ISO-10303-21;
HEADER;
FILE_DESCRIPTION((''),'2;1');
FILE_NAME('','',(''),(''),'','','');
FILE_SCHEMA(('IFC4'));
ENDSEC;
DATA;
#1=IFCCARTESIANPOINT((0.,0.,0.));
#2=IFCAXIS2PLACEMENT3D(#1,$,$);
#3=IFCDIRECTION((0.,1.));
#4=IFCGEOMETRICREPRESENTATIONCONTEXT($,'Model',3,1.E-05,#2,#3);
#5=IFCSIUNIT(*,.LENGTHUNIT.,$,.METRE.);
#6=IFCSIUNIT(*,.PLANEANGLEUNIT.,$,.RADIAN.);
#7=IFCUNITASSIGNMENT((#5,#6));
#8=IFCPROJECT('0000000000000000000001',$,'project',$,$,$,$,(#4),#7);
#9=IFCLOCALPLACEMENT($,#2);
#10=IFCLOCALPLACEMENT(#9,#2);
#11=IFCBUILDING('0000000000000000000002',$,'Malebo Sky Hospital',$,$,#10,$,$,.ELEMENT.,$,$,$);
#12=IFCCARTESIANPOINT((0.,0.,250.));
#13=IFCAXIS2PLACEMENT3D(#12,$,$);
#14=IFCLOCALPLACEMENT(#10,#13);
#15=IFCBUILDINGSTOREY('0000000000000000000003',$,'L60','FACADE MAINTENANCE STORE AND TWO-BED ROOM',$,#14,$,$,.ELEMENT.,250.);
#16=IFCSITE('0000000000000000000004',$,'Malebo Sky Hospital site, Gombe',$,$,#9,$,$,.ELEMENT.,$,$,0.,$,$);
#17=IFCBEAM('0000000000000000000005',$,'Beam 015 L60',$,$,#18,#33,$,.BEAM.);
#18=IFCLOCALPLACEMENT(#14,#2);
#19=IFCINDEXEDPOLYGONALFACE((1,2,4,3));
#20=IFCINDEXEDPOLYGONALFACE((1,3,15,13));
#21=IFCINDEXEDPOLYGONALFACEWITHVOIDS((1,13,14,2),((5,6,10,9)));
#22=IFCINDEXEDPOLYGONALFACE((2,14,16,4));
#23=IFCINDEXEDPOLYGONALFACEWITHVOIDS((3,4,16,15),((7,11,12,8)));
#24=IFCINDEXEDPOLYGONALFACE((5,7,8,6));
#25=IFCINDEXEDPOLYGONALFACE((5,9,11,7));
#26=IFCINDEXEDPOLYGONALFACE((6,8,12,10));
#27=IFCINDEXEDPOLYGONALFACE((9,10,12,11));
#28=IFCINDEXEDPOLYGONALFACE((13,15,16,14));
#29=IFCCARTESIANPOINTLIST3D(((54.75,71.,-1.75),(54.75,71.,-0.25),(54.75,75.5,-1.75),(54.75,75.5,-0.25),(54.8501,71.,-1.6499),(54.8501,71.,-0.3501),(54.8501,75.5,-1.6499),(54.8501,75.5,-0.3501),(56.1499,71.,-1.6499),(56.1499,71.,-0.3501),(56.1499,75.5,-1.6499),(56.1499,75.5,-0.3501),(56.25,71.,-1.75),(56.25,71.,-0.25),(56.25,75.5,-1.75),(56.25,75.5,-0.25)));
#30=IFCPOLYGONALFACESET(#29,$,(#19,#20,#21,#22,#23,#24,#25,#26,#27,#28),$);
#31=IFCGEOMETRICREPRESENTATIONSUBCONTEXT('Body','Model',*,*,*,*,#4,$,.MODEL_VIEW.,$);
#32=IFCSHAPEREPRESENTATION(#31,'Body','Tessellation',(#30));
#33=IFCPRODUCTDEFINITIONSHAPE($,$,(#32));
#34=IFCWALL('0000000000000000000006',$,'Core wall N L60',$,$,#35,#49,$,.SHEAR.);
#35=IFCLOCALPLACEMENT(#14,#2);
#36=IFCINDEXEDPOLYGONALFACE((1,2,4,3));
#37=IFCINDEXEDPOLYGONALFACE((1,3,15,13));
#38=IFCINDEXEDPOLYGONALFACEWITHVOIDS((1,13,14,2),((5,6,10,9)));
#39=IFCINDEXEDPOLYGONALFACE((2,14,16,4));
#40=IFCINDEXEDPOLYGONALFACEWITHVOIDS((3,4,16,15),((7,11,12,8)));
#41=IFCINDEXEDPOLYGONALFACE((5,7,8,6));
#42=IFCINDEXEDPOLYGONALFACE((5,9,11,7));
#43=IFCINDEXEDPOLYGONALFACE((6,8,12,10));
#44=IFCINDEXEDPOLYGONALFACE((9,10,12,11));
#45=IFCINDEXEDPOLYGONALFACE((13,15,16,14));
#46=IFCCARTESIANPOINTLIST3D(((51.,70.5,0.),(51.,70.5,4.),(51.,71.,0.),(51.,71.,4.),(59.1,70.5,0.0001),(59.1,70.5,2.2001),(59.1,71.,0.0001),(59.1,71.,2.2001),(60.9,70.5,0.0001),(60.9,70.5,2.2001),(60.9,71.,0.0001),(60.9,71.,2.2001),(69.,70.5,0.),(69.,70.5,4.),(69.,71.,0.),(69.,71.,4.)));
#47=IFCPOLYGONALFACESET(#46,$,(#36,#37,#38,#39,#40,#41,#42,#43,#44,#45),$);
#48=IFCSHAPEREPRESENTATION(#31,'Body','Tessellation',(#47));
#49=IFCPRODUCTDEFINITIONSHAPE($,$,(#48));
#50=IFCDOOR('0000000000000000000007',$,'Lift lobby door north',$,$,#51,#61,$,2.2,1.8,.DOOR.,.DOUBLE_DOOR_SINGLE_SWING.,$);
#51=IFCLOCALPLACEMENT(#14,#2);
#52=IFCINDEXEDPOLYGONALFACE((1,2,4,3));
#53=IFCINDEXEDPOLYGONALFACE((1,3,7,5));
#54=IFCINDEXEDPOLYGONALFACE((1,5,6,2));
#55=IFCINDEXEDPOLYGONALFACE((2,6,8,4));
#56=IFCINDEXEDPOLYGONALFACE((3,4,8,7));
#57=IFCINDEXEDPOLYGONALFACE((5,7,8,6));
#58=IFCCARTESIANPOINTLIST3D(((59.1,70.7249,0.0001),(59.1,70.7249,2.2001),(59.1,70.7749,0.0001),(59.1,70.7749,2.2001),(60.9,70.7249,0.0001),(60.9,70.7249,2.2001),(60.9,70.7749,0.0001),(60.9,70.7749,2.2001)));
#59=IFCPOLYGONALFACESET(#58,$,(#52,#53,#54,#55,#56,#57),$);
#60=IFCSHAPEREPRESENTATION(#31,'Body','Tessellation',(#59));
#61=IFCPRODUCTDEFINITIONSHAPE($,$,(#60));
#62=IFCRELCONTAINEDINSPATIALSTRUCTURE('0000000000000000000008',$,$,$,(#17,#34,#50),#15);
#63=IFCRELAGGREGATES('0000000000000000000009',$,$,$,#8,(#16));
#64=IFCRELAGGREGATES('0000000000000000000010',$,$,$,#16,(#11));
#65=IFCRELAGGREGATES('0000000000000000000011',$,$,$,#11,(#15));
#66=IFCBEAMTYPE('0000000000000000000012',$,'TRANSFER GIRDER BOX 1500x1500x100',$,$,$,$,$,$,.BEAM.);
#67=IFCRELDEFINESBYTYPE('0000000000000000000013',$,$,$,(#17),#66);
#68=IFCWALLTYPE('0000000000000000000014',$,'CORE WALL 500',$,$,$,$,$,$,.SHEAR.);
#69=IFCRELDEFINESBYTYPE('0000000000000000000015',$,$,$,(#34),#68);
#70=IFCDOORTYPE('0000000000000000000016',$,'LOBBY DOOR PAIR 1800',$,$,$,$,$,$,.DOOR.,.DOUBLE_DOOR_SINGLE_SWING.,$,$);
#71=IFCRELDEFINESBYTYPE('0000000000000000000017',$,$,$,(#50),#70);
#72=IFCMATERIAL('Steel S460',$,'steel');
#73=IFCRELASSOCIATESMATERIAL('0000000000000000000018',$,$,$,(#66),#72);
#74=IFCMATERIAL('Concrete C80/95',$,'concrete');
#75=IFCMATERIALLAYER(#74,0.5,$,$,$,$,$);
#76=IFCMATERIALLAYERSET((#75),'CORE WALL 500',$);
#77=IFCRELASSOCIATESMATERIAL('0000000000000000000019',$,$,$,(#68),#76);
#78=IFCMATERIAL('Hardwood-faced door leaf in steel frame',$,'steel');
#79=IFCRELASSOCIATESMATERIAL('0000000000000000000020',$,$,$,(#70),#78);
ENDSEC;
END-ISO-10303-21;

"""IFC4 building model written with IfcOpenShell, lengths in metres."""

from ifc_helpers import new_model, si_unit, direction, frame, frame_2d, origin, origin_2d, place, context, subcontext, project, spatial, rectangle, hollow_rectangle, extrude, material, layer, layer_set, material_profile, profile_set, type_object, element, fill, save


model = new_model("IFC4")

# Units and contexts
model_context = context("Model", 3, precision=1e-05, world=origin(), true_north=direction((0.0, 1.0)))
body_context = subcontext(model_context, "Body", "Model", "MODEL_VIEW")
ifc_project = project(units=[si_unit("LENGTHUNIT", "METRE"), si_unit("PLANEANGLEUNIT", "RADIAN")], contexts=[model_context])

# Site, building, storey
site_placement = place(None, origin())
site = spatial("IfcSite", under=ifc_project, at=site_placement, Name="Malebo Sky Hospital site, Gombe", CompositionType="ELEMENT", RefElevation=0.0)
building_placement = place(site_placement, origin())
building = spatial("IfcBuilding", under=site, at=building_placement, Name="Malebo Sky Hospital", CompositionType="ELEMENT")
storey_placement = place(building_placement, frame((0.0, 0.0, 250.0)))
storey = spatial("IfcBuildingStorey", under=building, at=storey_placement, Name="L60", Description="FACADE MAINTENANCE STORE AND TWO-BED ROOM", CompositionType="ELEMENT", Elevation=250.0)

# Beam
ifc_material_1 = material(Name="Steel S460", Category="steel")
ifc_material_profile = material_profile(ifc_material_1, hollow_rectangle(XDim=1.5, YDim=1.5, WallThickness=0.1001, at=origin_2d()), Name="BOX 1500x1500x100")
ifc_profile_set = profile_set([ifc_material_profile], Name="Steel S460")
beam_type = type_object("IfcBeamType", Name="TRANSFER GIRDER BOX 1500x1500x100", PredefinedType="BEAM", material=ifc_profile_set)
beam_placement = place(storey_placement, frame((55.5, 71.0, -1.0), z_axis=(0.0, 1.0, 0.0), x_axis=(-1.0, 0.0, 0.0)))
element("IfcBeam", 1, at=beam_placement, inside=storey, type_object=beam_type, Name="Beam 015 L60", PredefinedType="BEAM", context=body_context, shape_type="SweptSolid", body=[
    extrude(hollow_rectangle(XDim=1.5, YDim=1.5, WallThickness=0.1001, at=origin_2d()), origin(), (0.0, 0.0, 1.0), 4.5),
])

# Wall, opening, door
ifc_material_2 = material(Name="Concrete C80/95", Category="concrete")
ifc_layer_1 = layer(ifc_material_2, 0.5)
ifc_layer_set_1 = layer_set([ifc_layer_1], Name="CORE WALL 500")
wall_type_1 = type_object("IfcWallType", Name="CORE WALL 500", PredefinedType="SHEAR", material=ifc_layer_set_1)
wall_1_placement = place(storey_placement, frame((51.0, 70.75, 0.0), z_axis=(0.0, 0.0, 1.0), x_axis=(1.0, 0.0, 0.0)))
wall_1 = element("IfcWall", 2, at=wall_1_placement, inside=storey, type_object=wall_type_1, Name="Core wall N L60", PredefinedType="SHEAR", context=body_context, shape_type="SweptSolid", body=[
    extrude(rectangle(XDim=18.0, YDim=0.5, at=frame_2d((9.0, 0.0))), origin(), (0.0, 0.0, 1.0), 4.0),
])
opening_1_placement = place(wall_1_placement, frame((8.1001, 0.0, 0.0)))
opening_1 = element("IfcOpeningElement", 3, at=opening_1_placement, cuts=wall_1, PredefinedType="OPENING", context=body_context, shape_type="SweptSolid", body=[
    extrude(rectangle(XDim=1.8, YDim=2.2, at=frame_2d((0.8999, 1.1001))), frame((0.0, 0.26, 0.0), z_axis=(0.0, -1.0, 0.0), x_axis=(1.0, 0.0, 0.0)), (0.0, 0.0, 1.0), 0.52),
])
ifc_material_3 = material(Name="Hardwood-faced door leaf in steel frame", Category="steel")
door_type_1 = type_object("IfcDoorType", Name="LOBBY DOOR PAIR 1800", OperationType="DOUBLE_DOOR_SINGLE_SWING", PredefinedType="DOOR", material=ifc_material_3)
door_1_placement = place(opening_1_placement, origin())
door_1 = element("IfcDoor", 4, at=door_1_placement, inside=storey, type_object=door_type_1, Name="Lift lobby door north", OperationType="DOUBLE_DOOR_SINGLE_SWING", OverallHeight=2.2, OverallWidth=1.8, PredefinedType="DOOR", context=body_context, shape_type="SweptSolid", body=[
    extrude(rectangle(XDim=1.8, YDim=2.2, at=frame_2d((0.8999, 1.1001))), frame((0.0, 0.0249, 0.0), z_axis=(0.0, -1.0, 0.0), x_axis=(1.0, 0.0, 0.0)), (0.0, 0.0, 1.0), 0.05),
])
fill(opening_1, door_1)

save(model, "model.ifc")
